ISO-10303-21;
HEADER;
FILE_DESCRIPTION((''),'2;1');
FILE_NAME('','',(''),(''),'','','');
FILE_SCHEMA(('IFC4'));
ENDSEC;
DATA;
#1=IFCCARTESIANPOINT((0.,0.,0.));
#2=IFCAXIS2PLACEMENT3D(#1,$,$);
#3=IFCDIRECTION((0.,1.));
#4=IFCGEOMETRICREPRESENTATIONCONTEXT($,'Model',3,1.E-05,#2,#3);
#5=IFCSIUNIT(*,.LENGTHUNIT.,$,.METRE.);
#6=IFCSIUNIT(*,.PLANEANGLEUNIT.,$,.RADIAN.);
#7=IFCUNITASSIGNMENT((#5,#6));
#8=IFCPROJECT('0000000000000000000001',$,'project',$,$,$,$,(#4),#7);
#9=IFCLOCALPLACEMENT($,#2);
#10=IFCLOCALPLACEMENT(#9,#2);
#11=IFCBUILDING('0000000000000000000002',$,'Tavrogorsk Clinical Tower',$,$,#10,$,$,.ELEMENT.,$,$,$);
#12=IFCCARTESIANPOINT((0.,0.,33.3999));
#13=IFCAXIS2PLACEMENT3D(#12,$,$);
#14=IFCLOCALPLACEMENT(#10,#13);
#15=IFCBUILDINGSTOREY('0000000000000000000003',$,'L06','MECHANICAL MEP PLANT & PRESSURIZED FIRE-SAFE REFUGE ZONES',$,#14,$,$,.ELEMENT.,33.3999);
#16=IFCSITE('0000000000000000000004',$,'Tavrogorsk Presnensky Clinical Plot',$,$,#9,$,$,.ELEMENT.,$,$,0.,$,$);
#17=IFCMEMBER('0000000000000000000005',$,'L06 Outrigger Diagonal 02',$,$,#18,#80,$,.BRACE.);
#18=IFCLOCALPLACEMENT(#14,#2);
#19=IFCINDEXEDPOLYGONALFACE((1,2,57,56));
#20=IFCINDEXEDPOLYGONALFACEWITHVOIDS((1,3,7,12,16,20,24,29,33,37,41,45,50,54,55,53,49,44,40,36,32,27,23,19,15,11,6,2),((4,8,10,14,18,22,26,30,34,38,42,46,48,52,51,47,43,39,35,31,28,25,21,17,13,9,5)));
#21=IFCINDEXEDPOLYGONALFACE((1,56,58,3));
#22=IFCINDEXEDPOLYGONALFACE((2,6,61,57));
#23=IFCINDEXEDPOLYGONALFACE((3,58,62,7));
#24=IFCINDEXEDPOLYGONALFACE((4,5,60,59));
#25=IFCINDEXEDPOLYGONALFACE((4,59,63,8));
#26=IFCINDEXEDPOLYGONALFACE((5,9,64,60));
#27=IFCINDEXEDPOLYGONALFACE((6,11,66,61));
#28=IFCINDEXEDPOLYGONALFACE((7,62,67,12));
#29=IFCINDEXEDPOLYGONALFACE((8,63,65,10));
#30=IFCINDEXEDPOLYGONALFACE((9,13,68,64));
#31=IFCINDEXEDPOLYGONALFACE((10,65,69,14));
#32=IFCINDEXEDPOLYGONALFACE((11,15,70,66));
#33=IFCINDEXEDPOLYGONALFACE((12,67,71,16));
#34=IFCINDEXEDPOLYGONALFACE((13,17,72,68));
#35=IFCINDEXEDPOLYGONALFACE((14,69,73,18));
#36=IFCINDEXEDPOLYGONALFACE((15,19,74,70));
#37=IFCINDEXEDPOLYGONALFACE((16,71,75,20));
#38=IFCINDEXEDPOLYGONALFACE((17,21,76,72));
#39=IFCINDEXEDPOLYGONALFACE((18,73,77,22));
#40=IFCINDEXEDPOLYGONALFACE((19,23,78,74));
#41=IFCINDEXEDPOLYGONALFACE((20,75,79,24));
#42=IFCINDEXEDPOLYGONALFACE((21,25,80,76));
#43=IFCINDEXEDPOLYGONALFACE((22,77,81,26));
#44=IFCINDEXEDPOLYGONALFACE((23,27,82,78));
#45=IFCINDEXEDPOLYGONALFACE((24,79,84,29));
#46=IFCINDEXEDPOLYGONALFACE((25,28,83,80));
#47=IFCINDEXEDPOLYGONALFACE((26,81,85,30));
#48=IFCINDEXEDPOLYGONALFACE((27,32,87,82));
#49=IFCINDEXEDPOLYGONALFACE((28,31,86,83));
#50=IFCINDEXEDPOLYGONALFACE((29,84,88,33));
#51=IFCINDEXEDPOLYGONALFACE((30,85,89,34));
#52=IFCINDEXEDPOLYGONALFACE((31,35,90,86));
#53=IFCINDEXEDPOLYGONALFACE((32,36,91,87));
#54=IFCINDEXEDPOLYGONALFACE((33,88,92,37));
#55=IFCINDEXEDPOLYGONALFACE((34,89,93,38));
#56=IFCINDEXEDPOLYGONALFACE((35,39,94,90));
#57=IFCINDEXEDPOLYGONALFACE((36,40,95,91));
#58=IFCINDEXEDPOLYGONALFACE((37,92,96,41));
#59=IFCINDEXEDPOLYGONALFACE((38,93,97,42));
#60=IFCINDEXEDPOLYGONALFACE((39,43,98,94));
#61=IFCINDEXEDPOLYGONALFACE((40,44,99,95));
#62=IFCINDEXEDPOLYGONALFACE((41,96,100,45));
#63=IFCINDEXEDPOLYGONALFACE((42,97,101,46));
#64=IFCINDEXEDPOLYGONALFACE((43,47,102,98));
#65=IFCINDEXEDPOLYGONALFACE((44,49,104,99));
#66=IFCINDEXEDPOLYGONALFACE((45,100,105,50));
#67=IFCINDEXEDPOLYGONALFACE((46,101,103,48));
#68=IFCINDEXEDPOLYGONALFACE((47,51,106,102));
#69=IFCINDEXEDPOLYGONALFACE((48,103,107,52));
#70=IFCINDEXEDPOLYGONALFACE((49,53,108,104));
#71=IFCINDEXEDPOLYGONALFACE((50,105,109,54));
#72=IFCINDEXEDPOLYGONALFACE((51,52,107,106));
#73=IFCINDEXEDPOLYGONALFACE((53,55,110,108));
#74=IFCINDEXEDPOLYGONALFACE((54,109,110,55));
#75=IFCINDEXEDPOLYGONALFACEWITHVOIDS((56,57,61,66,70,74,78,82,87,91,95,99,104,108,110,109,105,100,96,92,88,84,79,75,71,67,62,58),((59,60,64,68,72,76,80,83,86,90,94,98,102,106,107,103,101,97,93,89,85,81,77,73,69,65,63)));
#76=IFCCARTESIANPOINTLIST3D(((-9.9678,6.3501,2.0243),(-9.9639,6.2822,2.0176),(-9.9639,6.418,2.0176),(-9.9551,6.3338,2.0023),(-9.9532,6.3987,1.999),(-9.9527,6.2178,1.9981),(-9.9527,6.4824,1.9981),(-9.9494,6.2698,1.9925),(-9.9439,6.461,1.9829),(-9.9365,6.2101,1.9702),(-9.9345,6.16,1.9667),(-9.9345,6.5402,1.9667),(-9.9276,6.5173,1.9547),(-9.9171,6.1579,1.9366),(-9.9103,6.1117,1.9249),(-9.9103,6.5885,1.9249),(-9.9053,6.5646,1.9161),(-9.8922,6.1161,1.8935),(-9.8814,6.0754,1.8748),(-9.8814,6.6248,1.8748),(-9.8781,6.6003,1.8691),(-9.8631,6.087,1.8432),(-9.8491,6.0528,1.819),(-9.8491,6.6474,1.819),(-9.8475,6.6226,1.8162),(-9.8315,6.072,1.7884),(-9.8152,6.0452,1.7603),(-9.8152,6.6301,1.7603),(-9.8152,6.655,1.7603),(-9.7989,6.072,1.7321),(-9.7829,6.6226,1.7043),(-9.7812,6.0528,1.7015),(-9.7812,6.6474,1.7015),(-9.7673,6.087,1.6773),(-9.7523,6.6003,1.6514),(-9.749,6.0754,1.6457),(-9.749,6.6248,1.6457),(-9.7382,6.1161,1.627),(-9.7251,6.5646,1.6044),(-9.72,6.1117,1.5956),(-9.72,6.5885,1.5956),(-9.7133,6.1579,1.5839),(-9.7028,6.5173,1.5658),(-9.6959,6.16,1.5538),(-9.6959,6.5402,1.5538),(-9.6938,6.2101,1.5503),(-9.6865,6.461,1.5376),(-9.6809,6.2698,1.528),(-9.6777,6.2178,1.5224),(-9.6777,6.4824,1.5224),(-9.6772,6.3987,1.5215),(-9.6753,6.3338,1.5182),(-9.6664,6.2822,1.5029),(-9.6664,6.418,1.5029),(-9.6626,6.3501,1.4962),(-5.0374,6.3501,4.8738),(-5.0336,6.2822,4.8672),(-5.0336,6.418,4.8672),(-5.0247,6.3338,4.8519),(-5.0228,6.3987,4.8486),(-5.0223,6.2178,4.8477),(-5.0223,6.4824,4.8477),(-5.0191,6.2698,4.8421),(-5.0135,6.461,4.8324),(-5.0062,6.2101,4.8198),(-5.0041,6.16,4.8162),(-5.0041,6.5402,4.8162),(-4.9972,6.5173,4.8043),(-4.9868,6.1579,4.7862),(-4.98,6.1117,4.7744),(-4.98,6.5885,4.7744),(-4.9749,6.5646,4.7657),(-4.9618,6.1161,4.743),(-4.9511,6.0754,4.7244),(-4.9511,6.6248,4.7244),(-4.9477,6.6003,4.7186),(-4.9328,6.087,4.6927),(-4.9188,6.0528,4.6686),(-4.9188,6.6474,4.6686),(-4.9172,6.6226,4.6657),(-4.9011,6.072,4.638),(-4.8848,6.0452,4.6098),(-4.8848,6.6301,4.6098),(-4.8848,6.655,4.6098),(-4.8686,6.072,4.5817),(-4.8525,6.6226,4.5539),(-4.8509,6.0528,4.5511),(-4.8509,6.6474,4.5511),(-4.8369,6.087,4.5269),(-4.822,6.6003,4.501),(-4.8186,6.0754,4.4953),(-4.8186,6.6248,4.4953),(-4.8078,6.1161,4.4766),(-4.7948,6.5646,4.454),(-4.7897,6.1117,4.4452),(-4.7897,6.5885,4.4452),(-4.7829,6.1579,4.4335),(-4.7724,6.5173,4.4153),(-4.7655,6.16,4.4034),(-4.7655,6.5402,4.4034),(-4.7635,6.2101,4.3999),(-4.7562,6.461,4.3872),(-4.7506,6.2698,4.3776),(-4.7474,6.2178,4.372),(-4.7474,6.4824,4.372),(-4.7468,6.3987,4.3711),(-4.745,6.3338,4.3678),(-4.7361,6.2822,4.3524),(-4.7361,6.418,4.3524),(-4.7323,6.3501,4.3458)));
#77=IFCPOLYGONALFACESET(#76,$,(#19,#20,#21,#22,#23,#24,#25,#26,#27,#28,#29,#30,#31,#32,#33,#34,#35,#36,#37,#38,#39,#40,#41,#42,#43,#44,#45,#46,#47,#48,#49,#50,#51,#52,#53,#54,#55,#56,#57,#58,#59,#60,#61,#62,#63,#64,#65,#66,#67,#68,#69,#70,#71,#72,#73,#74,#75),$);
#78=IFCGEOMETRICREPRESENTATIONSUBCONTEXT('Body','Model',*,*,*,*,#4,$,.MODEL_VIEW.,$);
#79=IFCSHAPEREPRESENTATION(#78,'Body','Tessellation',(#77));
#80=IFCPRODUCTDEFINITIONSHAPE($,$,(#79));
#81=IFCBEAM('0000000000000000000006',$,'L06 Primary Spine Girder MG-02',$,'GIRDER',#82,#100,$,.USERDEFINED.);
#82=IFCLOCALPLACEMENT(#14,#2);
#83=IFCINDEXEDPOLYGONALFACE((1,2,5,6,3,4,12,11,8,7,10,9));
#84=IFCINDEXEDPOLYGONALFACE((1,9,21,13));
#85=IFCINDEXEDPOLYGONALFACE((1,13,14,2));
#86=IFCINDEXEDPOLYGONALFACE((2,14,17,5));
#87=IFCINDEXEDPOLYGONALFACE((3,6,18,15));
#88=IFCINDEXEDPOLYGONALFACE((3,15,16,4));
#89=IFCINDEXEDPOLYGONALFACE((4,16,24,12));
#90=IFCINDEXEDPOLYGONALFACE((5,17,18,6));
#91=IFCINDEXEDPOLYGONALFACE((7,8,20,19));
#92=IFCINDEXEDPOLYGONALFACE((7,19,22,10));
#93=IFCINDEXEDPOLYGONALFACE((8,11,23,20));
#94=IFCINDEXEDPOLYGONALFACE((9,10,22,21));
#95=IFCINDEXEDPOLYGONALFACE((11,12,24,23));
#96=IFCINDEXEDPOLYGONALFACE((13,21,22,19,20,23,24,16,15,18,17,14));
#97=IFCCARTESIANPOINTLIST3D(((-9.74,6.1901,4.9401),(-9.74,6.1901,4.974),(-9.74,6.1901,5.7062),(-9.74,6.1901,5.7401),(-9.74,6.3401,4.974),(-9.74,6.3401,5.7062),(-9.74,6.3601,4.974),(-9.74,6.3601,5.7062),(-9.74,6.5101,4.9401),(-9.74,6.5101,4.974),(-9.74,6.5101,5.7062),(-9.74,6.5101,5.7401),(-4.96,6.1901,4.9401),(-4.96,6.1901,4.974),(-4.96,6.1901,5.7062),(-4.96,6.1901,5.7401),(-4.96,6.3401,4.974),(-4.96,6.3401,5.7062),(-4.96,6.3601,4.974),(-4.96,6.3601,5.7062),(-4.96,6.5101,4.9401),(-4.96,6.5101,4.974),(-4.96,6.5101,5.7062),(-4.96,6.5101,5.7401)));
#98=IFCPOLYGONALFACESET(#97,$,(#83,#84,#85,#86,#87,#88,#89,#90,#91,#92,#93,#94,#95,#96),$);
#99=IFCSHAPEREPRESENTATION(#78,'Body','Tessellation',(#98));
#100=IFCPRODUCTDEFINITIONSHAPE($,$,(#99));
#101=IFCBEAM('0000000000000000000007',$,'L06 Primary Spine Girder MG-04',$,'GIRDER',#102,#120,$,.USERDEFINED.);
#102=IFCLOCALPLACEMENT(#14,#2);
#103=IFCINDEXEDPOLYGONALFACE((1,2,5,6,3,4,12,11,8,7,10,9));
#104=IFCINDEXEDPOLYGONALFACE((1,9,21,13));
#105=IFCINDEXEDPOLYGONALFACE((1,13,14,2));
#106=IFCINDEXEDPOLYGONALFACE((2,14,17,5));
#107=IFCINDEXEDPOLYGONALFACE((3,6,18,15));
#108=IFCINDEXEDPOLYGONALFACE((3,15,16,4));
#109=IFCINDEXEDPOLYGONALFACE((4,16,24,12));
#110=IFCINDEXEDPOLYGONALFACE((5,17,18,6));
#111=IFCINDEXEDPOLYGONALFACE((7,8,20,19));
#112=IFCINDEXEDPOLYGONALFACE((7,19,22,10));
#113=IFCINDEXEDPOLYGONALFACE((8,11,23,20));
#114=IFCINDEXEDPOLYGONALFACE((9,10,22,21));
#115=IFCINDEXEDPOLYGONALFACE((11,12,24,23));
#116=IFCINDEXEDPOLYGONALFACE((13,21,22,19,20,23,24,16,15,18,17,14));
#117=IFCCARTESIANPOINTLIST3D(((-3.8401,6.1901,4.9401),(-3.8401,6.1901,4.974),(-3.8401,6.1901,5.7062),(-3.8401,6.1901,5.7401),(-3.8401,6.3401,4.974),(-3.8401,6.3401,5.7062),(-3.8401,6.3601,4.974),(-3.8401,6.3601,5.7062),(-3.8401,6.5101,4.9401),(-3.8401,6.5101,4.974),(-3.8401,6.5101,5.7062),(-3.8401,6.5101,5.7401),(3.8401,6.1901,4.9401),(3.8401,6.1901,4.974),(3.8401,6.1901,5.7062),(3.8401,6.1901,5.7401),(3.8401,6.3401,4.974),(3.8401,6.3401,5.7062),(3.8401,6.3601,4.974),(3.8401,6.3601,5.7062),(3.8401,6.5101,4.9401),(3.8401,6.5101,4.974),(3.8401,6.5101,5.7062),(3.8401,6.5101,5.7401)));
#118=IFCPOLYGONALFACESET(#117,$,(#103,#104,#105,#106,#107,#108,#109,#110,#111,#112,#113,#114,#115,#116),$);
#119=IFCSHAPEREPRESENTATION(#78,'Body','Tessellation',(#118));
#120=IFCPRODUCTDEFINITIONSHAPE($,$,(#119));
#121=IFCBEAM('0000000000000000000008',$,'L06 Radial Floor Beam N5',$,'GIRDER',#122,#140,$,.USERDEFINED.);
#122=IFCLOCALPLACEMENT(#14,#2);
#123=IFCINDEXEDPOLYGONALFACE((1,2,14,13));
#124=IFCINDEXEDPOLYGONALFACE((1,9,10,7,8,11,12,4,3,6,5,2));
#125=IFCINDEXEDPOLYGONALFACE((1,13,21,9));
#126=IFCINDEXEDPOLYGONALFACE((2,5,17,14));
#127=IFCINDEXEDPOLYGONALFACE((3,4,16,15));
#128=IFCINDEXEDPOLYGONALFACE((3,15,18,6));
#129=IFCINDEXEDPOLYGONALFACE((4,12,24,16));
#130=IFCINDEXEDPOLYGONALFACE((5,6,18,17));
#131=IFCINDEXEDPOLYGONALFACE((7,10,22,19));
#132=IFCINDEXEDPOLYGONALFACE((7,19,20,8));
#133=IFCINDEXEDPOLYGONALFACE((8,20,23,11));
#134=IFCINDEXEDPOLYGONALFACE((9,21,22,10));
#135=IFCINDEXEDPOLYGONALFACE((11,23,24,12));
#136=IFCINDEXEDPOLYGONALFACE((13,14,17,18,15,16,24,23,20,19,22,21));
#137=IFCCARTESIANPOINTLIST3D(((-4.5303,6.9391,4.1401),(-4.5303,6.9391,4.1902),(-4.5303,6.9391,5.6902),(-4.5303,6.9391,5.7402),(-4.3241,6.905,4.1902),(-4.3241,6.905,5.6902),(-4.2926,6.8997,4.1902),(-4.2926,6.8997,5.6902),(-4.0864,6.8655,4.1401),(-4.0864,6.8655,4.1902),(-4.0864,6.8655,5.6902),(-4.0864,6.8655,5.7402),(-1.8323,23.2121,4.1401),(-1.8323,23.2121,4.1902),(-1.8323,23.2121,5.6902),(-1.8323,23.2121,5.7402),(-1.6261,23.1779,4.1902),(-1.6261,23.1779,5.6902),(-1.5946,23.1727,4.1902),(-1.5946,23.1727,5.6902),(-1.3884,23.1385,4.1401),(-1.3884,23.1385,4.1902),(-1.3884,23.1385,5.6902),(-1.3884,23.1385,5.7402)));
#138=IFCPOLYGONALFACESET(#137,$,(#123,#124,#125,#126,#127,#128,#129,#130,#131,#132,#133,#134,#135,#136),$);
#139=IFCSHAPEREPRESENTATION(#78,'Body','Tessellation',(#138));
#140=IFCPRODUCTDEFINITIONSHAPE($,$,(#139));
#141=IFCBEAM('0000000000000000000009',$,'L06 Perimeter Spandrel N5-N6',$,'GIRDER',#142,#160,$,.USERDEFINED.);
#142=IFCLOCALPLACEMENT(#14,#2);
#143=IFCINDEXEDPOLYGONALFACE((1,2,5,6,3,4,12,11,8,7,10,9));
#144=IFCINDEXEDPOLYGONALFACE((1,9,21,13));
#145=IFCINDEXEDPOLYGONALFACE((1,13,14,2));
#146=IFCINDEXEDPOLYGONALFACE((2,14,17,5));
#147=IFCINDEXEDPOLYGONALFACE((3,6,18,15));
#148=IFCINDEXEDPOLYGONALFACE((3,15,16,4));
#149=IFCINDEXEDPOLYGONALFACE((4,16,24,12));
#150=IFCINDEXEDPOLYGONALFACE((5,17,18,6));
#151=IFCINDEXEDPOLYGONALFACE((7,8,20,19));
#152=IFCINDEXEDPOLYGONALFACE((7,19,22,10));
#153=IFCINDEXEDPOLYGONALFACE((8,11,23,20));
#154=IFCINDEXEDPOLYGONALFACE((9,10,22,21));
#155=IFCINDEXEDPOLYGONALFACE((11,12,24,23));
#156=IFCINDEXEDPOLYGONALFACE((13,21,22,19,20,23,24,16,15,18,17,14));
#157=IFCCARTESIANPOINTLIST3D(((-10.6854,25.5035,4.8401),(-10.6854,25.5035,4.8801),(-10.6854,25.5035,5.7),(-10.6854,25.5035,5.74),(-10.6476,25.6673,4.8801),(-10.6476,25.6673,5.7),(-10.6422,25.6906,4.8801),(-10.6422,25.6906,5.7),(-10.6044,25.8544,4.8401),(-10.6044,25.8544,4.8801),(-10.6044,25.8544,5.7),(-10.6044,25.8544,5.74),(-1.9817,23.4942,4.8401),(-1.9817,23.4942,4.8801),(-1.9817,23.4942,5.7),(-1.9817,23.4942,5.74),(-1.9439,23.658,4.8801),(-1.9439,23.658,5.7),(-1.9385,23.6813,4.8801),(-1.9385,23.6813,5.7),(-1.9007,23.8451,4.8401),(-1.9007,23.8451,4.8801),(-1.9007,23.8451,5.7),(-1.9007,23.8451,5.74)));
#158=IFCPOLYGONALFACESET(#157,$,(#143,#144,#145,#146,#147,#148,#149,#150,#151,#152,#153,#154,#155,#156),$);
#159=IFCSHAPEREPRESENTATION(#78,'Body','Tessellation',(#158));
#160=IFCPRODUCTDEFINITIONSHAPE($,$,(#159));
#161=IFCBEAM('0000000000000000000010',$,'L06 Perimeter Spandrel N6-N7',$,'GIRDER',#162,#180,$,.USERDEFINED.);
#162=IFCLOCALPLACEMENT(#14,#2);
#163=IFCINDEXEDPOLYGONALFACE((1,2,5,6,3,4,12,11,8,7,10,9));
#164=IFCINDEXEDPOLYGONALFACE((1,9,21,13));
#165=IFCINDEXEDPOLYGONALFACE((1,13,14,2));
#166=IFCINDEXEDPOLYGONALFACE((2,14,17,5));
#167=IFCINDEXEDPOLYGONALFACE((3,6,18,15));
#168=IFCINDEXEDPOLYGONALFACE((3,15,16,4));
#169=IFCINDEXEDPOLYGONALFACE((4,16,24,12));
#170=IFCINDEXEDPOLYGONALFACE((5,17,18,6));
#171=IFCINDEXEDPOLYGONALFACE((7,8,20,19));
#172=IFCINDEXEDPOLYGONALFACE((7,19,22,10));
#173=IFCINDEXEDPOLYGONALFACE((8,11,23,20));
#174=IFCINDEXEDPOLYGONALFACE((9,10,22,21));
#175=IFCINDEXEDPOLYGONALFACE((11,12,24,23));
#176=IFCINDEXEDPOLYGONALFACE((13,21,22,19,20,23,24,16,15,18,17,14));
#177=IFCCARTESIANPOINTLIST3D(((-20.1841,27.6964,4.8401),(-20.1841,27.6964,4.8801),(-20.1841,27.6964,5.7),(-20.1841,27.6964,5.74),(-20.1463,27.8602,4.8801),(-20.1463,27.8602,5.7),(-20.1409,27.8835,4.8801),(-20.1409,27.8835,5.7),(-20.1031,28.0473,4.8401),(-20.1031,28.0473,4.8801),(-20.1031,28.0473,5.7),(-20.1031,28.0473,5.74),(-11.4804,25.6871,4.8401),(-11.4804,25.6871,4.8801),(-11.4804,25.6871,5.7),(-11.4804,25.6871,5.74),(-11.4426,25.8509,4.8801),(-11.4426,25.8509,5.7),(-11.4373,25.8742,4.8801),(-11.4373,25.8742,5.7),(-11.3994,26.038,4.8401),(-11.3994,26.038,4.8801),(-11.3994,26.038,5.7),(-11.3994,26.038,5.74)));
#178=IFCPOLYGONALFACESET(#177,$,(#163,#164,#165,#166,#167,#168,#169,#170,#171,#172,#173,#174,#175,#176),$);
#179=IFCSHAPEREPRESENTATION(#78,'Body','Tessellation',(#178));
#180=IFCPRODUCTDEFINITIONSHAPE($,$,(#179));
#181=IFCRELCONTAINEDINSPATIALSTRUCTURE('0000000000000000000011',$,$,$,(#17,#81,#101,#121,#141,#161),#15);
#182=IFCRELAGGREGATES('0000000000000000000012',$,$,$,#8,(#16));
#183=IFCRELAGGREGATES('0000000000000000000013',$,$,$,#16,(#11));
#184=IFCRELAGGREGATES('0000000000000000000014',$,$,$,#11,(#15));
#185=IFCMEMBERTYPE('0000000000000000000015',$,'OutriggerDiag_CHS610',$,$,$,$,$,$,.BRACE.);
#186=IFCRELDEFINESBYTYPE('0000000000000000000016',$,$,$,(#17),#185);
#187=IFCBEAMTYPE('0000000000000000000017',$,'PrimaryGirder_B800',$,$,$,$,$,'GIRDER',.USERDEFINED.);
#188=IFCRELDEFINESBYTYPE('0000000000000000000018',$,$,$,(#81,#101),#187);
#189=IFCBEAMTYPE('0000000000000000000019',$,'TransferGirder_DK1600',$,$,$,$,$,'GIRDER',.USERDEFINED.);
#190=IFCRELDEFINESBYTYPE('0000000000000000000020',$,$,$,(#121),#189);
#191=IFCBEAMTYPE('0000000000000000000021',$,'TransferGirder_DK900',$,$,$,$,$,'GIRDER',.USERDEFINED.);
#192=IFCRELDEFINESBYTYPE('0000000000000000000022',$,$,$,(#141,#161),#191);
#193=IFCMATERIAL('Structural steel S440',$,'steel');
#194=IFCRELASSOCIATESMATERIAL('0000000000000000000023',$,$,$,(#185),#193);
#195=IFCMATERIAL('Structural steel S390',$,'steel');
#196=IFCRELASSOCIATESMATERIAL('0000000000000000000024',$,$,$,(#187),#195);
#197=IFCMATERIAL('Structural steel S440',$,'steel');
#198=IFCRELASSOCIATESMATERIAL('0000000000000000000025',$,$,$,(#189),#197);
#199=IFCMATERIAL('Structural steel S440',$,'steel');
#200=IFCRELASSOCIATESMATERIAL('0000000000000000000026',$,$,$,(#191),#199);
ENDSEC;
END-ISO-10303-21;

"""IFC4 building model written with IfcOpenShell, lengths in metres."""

from ifc_helpers import new_model, si_unit, direction, frame, origin, origin_2d, place, context, subcontext, project, spatial, hollow_circle, i_section, extrude, material, material_profile, profile_set, type_object, element, save


model = new_model("IFC4")

# Units and contexts
model_context = context("Model", 3, precision=1e-05, world=origin(), true_north=direction((0.0, 1.0)))
body_context = subcontext(model_context, "Body", "Model", "MODEL_VIEW")
ifc_project = project(units=[si_unit("LENGTHUNIT", "METRE"), si_unit("PLANEANGLEUNIT", "RADIAN")], contexts=[model_context])

# Site, building, storey
site_placement = place(None, origin())
site = spatial("IfcSite", under=ifc_project, at=site_placement, Name="Tavrogorsk Presnensky Clinical Plot", CompositionType="ELEMENT", RefElevation=0.0)
building_placement = place(site_placement, origin())
building = spatial("IfcBuilding", under=site, at=building_placement, Name="Tavrogorsk Clinical Tower", CompositionType="ELEMENT")
storey_placement = place(building_placement, frame((0.0, 0.0, 33.3999)))
storey = spatial("IfcBuildingStorey", under=building, at=storey_placement, Name="L06", Description="MECHANICAL MEP PLANT & PRESSURIZED FIRE-SAFE REFUGE ZONES", CompositionType="ELEMENT", Elevation=33.3999)

# Member
ifc_material_1 = material(Name="Structural steel S440", Category="steel")
ifc_material_profile_1 = material_profile(ifc_material_1, hollow_circle(Radius=0.3049, WallThickness=0.0249, at=origin_2d()), Name="CHS-610x25")
ifc_profile_set_1 = profile_set([ifc_material_profile_1], Name="Structural steel S440")
member_type_1 = type_object("IfcMemberType", Name="OutriggerDiag_CHS610", PredefinedType="BRACE", material=ifc_profile_set_1)
member_1_placement = place(storey_placement, frame((-9.8152, 6.3501, 1.7603), z_axis=(0.865795, 0.0, 0.500399), x_axis=(0.0, 1.0, 0.0)))
element("IfcMember", 1, at=member_1_placement, inside=storey, type_object=member_type_1, Name="L06 Outrigger Diagonal 02", PredefinedType="BRACE", context=body_context, shape_type="SweptSolid", body=[
    extrude(hollow_circle(Radius=0.3049, WallThickness=0.0249, at=origin_2d()), origin(), (0.0, 0.0, 1.0), 5.6946),
])

# Beams
ifc_material_2 = material(Name="Structural steel S390", Category="steel")
ifc_material_profile_2 = material_profile(ifc_material_2, i_section(OverallWidth=0.3201, OverallDepth=0.8, WebThickness=0.02, FlangeThickness=0.0339, at=origin_2d()), Name="B-800x320x20x34")
ifc_profile_set_2 = profile_set([ifc_material_profile_2], Name="Structural steel S390")
beam_type_1 = type_object("IfcBeamType", Name="PrimaryGirder_B800", ElementType="GIRDER", PredefinedType="USERDEFINED", material=ifc_profile_set_2)
beam_1_placement = place(storey_placement, frame((-9.74, 6.3501, 5.3401), z_axis=(1.0, 0.0, 0.0), x_axis=(0.0, 1.0, 0.0)))
element("IfcBeam", 2, at=beam_1_placement, inside=storey, type_object=beam_type_1, Name="L06 Primary Spine Girder MG-02", ObjectType="GIRDER", PredefinedType="USERDEFINED", context=body_context, shape_type="SweptSolid", body=[
    extrude(i_section(OverallWidth=0.3201, OverallDepth=0.8, WebThickness=0.02, FlangeThickness=0.0339, at=origin_2d()), origin(), (0.0, 0.0, 1.0), 4.78),
])
beam_2_placement = place(storey_placement, frame((-3.8401, 6.3501, 5.3401), z_axis=(1.0, 0.0, 0.0), x_axis=(0.0, 1.0, 0.0)))
element("IfcBeam", 3, at=beam_2_placement, inside=storey, type_object=beam_type_1, Name="L06 Primary Spine Girder MG-04", ObjectType="GIRDER", PredefinedType="USERDEFINED", context=body_context, shape_type="SweptSolid", body=[
    extrude(i_section(OverallWidth=0.3201, OverallDepth=0.8, WebThickness=0.02, FlangeThickness=0.0339, at=origin_2d()), origin(), (0.0, 0.0, 1.0), 7.6802),
])
ifc_material_3 = material(Name="Structural steel S440", Category="steel")
ifc_material_profile_3 = material_profile(ifc_material_3, i_section(OverallWidth=0.45, OverallDepth=1.6001, WebThickness=0.032, FlangeThickness=0.05, at=origin_2d()), Name="DK-1600x450x32x50")
ifc_profile_set_3 = profile_set([ifc_material_profile_3], Name="Structural steel S440")
beam_type_2 = type_object("IfcBeamType", Name="TransferGirder_DK1600", ElementType="GIRDER", PredefinedType="USERDEFINED", material=ifc_profile_set_3)
beam_3_placement = place(storey_placement, frame((-4.3083, 6.9023, 4.9402), z_axis=(0.163564, 0.986533, 0.0), x_axis=(-0.986533, 0.163564, 0.0)))
element("IfcBeam", 4, at=beam_3_placement, inside=storey, type_object=beam_type_2, Name="L06 Radial Floor Beam N5", ObjectType="GIRDER", PredefinedType="USERDEFINED", context=body_context, shape_type="SweptSolid", body=[
    extrude(i_section(OverallWidth=0.45, OverallDepth=1.6001, WebThickness=0.032, FlangeThickness=0.05, at=origin_2d()), origin(), (0.0, 0.0, 1.0), 16.4951),
])
ifc_material_4 = material(Name="Structural steel S440", Category="steel")
ifc_material_profile_4 = material_profile(ifc_material_4, i_section(OverallWidth=0.3601, OverallDepth=0.8999, WebThickness=0.0239, FlangeThickness=0.04, at=origin_2d()), Name="DK-900x360x24x40")
ifc_profile_set_4 = profile_set([ifc_material_profile_4], Name="Structural steel S440")
beam_type_3 = type_object("IfcBeamType", Name="TransferGirder_DK900", ElementType="GIRDER", PredefinedType="USERDEFINED", material=ifc_profile_set_4)
for number, where, z_axis, x_axis, name in (
    (5, (-1.9412, 23.6697, 5.29), (-0.974373, 0.224939, 0.0), (-0.224939, -0.974373, 0.0), "L06 Perimeter Spandrel N5-N6"),
    (6, (-11.4399, 25.8625, 5.29), (-0.974373, 0.224939, 0.0), (-0.224939, -0.974373, 0.0), "L06 Perimeter Spandrel N6-N7"),
):
    element("IfcBeam", number, at=place(storey_placement, frame(where, z_axis=z_axis, x_axis=x_axis)), inside=storey, type_object=beam_type_3, Name=name, ObjectType="GIRDER", PredefinedType="USERDEFINED", context=body_context, shape_type="SweptSolid", body=[
        extrude(i_section(OverallWidth=0.3601, OverallDepth=0.8999, WebThickness=0.0239, FlangeThickness=0.04, at=origin_2d()), origin(), (0.0, 0.0, 1.0), 8.9326),
    ])

save(model, "model.ifc")
